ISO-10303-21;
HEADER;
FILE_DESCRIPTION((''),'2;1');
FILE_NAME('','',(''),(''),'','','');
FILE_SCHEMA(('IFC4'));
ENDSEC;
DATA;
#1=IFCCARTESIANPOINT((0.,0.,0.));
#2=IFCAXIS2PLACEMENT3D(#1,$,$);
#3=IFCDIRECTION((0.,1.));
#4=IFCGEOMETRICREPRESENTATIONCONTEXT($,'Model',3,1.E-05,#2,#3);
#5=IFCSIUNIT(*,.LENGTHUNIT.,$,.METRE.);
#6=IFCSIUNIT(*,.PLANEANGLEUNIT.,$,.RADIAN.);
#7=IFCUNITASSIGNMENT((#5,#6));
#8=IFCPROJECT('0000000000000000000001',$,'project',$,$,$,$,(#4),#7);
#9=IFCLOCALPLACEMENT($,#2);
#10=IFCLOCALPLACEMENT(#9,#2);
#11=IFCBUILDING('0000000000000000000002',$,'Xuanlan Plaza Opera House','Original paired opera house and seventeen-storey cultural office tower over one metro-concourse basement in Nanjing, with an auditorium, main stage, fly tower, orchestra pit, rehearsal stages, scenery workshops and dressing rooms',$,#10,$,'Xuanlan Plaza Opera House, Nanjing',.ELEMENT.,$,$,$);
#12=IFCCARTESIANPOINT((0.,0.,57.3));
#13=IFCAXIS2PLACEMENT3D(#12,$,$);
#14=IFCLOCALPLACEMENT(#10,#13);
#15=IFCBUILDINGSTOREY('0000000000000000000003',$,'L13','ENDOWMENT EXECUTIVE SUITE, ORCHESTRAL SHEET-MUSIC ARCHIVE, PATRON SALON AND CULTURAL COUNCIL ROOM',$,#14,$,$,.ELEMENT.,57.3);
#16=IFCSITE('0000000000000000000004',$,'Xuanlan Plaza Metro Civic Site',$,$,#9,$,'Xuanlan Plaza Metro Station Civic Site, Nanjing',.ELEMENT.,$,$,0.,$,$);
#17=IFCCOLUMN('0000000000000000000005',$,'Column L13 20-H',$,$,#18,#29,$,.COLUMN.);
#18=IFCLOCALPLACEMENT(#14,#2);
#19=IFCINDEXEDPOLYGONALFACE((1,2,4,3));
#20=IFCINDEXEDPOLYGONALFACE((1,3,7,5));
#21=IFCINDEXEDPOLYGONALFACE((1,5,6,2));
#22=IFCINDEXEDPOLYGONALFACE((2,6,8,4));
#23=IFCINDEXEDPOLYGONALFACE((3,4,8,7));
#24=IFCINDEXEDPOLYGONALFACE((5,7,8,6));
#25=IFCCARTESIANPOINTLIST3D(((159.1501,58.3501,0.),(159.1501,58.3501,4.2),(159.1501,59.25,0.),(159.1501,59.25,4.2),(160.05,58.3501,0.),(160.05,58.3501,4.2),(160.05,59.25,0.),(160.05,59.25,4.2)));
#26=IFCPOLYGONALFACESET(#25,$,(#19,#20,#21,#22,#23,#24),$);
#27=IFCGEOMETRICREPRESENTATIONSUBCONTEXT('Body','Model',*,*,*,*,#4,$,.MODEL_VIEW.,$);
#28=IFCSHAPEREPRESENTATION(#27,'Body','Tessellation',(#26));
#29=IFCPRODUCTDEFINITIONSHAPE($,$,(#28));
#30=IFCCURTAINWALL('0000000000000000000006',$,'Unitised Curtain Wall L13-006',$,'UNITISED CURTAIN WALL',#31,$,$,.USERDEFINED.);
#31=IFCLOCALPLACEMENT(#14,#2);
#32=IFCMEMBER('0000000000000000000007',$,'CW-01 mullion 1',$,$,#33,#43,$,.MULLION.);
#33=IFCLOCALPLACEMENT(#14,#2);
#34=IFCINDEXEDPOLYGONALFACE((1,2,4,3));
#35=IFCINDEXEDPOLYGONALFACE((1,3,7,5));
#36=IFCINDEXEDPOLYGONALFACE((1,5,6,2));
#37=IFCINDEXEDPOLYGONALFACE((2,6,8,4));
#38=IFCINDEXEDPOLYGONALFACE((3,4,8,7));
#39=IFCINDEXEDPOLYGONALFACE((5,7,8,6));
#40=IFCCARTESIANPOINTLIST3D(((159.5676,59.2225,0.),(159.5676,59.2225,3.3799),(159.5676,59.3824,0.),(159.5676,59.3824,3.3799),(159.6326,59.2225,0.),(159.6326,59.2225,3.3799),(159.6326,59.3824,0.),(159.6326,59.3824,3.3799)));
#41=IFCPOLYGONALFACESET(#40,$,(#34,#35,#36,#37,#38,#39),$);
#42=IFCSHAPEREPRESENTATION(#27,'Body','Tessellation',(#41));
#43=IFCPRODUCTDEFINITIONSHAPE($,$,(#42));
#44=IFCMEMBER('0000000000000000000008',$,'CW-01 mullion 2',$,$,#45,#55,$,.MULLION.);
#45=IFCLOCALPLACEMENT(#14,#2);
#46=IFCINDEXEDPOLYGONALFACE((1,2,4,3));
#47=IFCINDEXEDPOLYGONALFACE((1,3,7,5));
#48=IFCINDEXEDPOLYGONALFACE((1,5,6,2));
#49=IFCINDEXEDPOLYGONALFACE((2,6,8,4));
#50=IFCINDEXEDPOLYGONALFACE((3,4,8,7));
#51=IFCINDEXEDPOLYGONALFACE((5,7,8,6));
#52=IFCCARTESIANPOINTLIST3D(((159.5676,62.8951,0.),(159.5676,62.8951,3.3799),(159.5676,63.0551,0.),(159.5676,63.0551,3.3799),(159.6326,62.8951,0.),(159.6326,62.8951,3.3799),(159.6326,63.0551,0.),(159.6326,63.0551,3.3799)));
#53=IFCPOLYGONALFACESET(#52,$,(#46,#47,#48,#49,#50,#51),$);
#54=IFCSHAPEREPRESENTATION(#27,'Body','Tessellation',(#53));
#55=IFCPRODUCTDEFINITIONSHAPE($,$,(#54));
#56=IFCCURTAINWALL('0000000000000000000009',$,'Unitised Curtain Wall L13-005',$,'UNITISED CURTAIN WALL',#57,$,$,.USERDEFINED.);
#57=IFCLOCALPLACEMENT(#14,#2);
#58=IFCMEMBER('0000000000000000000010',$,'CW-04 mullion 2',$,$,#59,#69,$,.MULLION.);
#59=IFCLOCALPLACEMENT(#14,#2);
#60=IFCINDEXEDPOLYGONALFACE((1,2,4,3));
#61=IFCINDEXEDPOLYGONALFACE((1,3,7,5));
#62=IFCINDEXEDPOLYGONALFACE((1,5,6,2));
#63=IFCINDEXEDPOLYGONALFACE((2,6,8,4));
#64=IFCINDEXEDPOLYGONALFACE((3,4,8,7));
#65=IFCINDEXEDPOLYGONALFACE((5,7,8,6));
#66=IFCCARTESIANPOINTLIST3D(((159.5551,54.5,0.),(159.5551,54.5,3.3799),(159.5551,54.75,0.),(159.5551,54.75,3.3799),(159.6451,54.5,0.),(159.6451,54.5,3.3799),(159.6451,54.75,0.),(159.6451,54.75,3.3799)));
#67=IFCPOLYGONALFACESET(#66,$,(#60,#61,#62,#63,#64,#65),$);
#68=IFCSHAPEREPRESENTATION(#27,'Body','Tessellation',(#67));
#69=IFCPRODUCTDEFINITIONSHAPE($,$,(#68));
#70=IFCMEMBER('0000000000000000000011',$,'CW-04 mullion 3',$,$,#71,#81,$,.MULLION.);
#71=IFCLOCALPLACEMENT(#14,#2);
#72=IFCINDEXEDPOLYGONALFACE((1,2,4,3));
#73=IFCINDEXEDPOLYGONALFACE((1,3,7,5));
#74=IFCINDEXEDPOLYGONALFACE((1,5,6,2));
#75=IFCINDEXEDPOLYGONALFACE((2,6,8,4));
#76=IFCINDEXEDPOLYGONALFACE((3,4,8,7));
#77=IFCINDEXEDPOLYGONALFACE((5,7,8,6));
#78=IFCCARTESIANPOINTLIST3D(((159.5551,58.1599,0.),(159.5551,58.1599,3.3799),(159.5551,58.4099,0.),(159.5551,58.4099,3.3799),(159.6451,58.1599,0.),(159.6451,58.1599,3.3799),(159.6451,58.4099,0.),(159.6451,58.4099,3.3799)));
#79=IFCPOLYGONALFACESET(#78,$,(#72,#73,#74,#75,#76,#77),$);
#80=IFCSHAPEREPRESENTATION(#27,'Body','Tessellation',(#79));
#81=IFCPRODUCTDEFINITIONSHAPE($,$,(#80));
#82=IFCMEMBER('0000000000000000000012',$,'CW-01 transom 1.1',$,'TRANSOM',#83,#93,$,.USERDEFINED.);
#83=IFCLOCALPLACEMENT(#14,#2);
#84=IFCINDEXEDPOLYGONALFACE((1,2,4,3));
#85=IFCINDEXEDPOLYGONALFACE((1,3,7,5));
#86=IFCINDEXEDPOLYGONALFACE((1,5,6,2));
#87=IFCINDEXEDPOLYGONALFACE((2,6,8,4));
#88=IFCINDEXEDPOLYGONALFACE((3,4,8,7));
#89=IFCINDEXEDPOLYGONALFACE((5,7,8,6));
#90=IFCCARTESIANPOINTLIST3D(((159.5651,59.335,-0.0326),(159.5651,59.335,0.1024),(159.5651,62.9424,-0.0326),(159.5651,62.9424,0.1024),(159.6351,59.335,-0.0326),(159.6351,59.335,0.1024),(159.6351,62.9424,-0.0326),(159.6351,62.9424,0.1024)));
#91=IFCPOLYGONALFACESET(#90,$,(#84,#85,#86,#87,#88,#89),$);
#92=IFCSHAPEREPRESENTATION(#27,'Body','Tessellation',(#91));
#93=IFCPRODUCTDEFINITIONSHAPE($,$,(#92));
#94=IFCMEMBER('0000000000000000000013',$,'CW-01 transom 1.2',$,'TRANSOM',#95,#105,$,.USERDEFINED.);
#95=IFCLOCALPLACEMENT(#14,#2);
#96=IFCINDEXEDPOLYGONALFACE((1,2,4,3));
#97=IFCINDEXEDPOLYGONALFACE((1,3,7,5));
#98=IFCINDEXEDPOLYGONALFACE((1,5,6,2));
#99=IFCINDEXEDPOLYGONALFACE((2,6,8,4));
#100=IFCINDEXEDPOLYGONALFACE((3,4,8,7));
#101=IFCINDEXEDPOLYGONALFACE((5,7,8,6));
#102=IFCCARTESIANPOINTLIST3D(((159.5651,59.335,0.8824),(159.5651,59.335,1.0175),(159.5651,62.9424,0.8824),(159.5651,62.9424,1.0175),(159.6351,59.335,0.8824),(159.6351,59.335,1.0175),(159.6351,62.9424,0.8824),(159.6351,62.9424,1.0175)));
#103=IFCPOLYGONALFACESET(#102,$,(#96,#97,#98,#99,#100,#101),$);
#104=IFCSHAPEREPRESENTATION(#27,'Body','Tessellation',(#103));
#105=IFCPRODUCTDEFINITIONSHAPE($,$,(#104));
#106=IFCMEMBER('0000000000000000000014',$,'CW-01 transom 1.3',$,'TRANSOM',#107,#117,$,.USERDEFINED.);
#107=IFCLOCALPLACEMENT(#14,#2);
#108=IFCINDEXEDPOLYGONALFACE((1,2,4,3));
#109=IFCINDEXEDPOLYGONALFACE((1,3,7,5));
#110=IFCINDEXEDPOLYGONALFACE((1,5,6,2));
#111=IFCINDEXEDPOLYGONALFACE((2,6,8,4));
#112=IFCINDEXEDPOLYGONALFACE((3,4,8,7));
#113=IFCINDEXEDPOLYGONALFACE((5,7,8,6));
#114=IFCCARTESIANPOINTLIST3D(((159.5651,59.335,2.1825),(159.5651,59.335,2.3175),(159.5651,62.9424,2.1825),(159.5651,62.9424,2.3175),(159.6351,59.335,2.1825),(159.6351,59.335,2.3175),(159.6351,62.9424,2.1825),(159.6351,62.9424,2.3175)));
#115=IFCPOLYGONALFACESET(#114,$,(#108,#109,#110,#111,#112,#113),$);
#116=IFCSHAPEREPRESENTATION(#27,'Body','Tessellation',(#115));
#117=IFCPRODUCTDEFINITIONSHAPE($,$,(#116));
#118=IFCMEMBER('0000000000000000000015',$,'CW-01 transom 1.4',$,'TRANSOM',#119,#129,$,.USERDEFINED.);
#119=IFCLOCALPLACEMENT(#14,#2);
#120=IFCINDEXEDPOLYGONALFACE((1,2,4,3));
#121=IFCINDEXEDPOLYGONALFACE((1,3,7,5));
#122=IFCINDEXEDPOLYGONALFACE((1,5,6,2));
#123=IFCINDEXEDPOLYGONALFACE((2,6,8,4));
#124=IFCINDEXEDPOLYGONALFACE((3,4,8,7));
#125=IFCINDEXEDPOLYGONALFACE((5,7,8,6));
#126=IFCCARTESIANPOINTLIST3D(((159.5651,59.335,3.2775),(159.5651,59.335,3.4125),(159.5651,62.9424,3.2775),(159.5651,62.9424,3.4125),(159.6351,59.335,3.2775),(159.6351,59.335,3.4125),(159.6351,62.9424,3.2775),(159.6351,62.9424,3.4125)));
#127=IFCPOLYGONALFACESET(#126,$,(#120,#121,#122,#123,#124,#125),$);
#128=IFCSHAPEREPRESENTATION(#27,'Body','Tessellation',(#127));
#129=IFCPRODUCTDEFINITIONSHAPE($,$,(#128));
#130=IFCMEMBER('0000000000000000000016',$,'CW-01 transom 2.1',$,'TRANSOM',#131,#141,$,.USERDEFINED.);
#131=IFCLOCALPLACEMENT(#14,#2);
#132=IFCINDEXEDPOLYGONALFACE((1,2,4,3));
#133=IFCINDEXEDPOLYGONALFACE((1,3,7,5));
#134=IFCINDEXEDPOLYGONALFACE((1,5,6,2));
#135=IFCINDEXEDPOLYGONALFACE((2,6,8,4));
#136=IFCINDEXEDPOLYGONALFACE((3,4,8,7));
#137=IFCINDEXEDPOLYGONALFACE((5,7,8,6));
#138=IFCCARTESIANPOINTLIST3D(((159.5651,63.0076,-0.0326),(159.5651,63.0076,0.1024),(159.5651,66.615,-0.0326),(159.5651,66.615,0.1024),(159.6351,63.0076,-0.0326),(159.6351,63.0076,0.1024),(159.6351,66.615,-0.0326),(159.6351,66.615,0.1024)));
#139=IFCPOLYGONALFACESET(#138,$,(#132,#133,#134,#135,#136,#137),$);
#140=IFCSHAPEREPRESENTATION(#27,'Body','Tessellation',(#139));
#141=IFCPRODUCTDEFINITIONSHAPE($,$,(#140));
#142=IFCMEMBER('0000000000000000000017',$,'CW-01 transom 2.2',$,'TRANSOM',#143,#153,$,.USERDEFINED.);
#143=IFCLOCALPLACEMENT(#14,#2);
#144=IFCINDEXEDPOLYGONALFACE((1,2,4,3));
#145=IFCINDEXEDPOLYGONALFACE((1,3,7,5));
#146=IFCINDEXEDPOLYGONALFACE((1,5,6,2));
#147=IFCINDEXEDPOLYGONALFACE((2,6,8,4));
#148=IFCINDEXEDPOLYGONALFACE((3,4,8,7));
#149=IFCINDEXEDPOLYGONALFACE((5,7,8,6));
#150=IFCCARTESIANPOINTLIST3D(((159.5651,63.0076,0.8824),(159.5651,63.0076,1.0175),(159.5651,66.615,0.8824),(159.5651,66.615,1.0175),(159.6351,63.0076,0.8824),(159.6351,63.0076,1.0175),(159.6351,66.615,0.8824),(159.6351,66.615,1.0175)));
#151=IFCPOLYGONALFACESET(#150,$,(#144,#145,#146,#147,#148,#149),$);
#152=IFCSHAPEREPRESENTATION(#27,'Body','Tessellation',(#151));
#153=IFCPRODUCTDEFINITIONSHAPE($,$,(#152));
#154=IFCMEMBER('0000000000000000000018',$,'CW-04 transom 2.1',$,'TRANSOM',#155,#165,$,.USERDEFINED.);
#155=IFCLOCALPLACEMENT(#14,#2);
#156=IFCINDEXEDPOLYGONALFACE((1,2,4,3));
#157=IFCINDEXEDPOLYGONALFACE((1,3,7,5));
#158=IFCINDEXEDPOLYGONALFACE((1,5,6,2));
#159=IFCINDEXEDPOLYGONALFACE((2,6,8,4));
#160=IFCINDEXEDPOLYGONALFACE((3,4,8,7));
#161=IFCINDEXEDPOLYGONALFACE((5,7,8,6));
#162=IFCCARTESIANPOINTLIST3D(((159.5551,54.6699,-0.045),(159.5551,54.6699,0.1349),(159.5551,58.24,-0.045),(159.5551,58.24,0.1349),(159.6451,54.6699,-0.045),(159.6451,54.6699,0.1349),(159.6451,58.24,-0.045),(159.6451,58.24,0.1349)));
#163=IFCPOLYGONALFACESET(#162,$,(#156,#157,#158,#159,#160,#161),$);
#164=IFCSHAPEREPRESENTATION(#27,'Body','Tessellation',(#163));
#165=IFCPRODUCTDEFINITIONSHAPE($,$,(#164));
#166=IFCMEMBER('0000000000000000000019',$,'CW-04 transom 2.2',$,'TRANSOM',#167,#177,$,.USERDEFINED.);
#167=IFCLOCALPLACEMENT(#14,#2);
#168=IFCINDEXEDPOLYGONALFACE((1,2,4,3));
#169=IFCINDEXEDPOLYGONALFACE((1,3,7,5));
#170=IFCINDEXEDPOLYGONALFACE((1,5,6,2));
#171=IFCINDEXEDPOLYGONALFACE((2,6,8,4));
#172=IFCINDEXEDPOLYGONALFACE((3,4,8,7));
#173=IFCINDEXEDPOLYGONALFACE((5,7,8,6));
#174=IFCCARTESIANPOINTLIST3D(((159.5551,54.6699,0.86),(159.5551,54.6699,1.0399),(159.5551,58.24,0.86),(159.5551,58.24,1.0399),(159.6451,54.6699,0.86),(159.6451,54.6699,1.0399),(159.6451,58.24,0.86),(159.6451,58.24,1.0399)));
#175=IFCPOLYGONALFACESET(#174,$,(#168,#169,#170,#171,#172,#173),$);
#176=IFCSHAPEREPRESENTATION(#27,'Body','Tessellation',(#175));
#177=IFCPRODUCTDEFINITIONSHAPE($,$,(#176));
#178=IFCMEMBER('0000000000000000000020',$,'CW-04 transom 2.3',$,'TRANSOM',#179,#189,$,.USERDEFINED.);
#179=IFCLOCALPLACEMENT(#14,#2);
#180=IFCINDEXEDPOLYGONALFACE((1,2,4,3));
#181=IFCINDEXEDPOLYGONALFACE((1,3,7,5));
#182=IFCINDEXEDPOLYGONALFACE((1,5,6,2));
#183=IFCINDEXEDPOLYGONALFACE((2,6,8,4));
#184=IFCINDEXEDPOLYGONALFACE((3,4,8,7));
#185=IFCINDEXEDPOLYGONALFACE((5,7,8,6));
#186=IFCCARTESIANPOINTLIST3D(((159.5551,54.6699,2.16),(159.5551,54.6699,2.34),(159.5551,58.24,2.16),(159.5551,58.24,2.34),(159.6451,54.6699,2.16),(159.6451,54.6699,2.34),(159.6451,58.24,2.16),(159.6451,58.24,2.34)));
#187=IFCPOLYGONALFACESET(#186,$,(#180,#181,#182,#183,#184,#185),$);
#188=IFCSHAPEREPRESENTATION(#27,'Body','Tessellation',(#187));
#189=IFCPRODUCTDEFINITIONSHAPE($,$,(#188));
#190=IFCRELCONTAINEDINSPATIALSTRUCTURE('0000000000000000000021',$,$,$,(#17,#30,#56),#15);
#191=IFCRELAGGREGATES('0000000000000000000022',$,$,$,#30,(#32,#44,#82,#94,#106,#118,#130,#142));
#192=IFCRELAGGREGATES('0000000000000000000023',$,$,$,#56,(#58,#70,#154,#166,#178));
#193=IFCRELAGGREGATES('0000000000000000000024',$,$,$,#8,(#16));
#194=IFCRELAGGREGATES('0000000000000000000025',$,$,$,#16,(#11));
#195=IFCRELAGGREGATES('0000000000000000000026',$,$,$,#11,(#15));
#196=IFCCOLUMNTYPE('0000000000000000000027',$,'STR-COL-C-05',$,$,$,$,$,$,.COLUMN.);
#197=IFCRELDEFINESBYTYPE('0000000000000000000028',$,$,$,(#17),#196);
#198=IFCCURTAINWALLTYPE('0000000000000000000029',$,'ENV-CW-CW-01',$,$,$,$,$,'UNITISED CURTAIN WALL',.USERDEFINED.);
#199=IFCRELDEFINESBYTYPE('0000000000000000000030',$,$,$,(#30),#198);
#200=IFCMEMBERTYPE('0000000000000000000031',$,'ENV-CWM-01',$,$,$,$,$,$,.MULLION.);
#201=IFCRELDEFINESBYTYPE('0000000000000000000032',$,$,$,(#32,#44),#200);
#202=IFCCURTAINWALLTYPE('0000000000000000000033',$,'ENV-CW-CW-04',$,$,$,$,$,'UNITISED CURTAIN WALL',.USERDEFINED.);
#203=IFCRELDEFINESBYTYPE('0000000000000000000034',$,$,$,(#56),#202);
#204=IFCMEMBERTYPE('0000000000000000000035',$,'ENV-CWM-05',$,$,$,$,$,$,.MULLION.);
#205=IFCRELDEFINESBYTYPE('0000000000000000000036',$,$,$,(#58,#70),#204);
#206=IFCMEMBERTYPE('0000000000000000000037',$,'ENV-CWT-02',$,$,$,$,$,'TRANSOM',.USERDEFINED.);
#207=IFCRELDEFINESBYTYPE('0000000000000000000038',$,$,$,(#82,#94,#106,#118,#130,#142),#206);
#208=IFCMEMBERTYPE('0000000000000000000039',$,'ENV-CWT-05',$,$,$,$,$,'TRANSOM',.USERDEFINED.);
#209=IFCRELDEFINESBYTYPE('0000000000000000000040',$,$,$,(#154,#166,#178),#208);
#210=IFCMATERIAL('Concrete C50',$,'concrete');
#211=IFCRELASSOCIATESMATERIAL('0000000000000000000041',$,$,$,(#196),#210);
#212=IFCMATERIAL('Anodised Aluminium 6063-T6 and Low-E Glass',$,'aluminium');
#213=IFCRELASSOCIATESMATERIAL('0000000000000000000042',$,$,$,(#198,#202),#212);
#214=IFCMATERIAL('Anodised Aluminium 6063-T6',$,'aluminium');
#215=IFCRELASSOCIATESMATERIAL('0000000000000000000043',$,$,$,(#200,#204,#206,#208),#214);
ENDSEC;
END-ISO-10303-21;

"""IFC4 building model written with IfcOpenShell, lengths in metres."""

from ifc_helpers import new_model, si_unit, direction, frame, origin, origin_2d, place, context, subcontext, project, spatial, rectangle, extrude, material, material_profile, profile_set, type_object, element, aggregate, save


model = new_model("IFC4")

# Units and contexts
model_context = context("Model", 3, precision=1e-05, world=origin(), true_north=direction((0.0, 1.0)))
body_context = subcontext(model_context, "Body", "Model", "MODEL_VIEW")
ifc_project = project(units=[si_unit("LENGTHUNIT", "METRE"), si_unit("PLANEANGLEUNIT", "RADIAN")], contexts=[model_context])

# Site, building, storey
site_placement = place(None, origin())
site = spatial("IfcSite", under=ifc_project, at=site_placement, Name="Xuanlan Plaza Metro Civic Site", LongName="Xuanlan Plaza Metro Station Civic Site, Nanjing", CompositionType="ELEMENT", RefElevation=0.0)
building_placement = place(site_placement, origin())
building = spatial("IfcBuilding", under=site, at=building_placement, Name="Xuanlan Plaza Opera House", Description="Original paired opera house and seventeen-storey cultural office tower over one metro-concourse basement in Nanjing, with an auditorium, main stage, fly tower, orchestra pit, rehearsal stages, scenery workshops and dressing rooms", LongName="Xuanlan Plaza Opera House, Nanjing", CompositionType="ELEMENT")
storey_placement = place(building_placement, frame((0.0, 0.0, 57.3)))
storey = spatial("IfcBuildingStorey", under=building, at=storey_placement, Name="L13", Description="ENDOWMENT EXECUTIVE SUITE, ORCHESTRAL SHEET-MUSIC ARCHIVE, PATRON SALON AND CULTURAL COUNCIL ROOM", CompositionType="ELEMENT", Elevation=57.3)

# Column
ifc_material_1 = material(Name="Concrete C50", Category="concrete")
ifc_material_profile_1 = material_profile(ifc_material_1, rectangle(XDim=0.8999, YDim=0.8999, at=origin_2d()), Name="RC-COL 900x900")
ifc_profile_set_1 = profile_set([ifc_material_profile_1], Name="Concrete C50")
column_type = type_object("IfcColumnType", Name="STR-COL-C-05", PredefinedType="COLUMN", material=ifc_profile_set_1)
column_placement = place(storey_placement, frame((159.6001, 58.8, 0.0), z_axis=(0.0, 0.0, 1.0), x_axis=(1.0, 0.0, 0.0)))
element("IfcColumn", 1, at=column_placement, inside=storey, type_object=column_type, Name="Column L13 20-H", PredefinedType="COLUMN", context=body_context, shape_type="SweptSolid", body=[
    extrude(rectangle(XDim=0.8999, YDim=0.8999, at=origin_2d()), origin(), (0.0, 0.0, 1.0), 4.2),
])

# Curtain walls, members
ifc_material_2 = material(Name="Anodised Aluminium 6063-T6 and Low-E Glass", Category="aluminium")
curtain_wall_type_1 = type_object("IfcCurtainWallType", Name="ENV-CW-CW-01", ElementType="UNITISED CURTAIN WALL", PredefinedType="USERDEFINED", material=ifc_material_2)
curtain_wall_1_placement = place(storey_placement, origin())
curtain_wall_1 = element("IfcCurtainWall", 2, at=curtain_wall_1_placement, inside=storey, type_object=curtain_wall_type_1, Name="Unitised Curtain Wall L13-006", ObjectType="UNITISED CURTAIN WALL", PredefinedType="USERDEFINED")
ifc_material_3 = material(Name="Anodised Aluminium 6063-T6", Category="aluminium")
ifc_material_profile_2 = material_profile(ifc_material_3, rectangle(XDim=0.0649, YDim=0.1599, at=origin_2d()), Name="ALU-M 65x160")
ifc_profile_set_2 = profile_set([ifc_material_profile_2], Name="Anodised Aluminium 6063-T6")
member_type_1 = type_object("IfcMemberType", Name="ENV-CWM-01", PredefinedType="MULLION", material=ifc_profile_set_2)
member_1_placement = place(storey_placement, frame((159.6001, 59.3025, 0.0), z_axis=(0.0, 0.0, 1.0), x_axis=(-1.0, 0.0, 0.0)))
member_1 = element("IfcMember", 3, at=member_1_placement, type_object=member_type_1, Name="CW-01 mullion 1", PredefinedType="MULLION", context=body_context, shape_type="SweptSolid", body=[
    extrude(rectangle(XDim=0.0649, YDim=0.1599, at=origin_2d()), origin(), (0.0, 0.0, 1.0), 3.3799),
])
member_2_placement = place(storey_placement, frame((159.6001, 62.9751, 0.0), z_axis=(0.0, 0.0, 1.0), x_axis=(-1.0, 0.0, 0.0)))
member_2 = element("IfcMember", 4, at=member_2_placement, type_object=member_type_1, Name="CW-01 mullion 2", PredefinedType="MULLION", context=body_context, shape_type="SweptSolid", body=[
    extrude(rectangle(XDim=0.0649, YDim=0.1599, at=origin_2d()), origin(), (0.0, 0.0, 1.0), 3.3799),
])
curtain_wall_type_2 = type_object("IfcCurtainWallType", Name="ENV-CW-CW-04", ElementType="UNITISED CURTAIN WALL", PredefinedType="USERDEFINED", material=ifc_material_2)
curtain_wall_2_placement = place(storey_placement, origin())
curtain_wall_2 = element("IfcCurtainWall", 5, at=curtain_wall_2_placement, inside=storey, type_object=curtain_wall_type_2, Name="Unitised Curtain Wall L13-005", ObjectType="UNITISED CURTAIN WALL", PredefinedType="USERDEFINED")
ifc_material_profile_3 = material_profile(ifc_material_3, rectangle(XDim=0.0901, YDim=0.25, at=origin_2d()), Name="ALU-M 90x250")
ifc_profile_set_3 = profile_set([ifc_material_profile_3], Name="Anodised Aluminium 6063-T6")
member_type_2 = type_object("IfcMemberType", Name="ENV-CWM-05", PredefinedType="MULLION", material=ifc_profile_set_3)
member_3_placement = place(storey_placement, frame((159.6001, 54.625, 0.0), z_axis=(0.0, 0.0, 1.0), x_axis=(-1.0, 0.0, 0.0)))
member_3 = element("IfcMember", 6, at=member_3_placement, type_object=member_type_2, Name="CW-04 mullion 2", PredefinedType="MULLION", context=body_context, shape_type="SweptSolid", body=[
    extrude(rectangle(XDim=0.0901, YDim=0.25, at=origin_2d()), origin(), (0.0, 0.0, 1.0), 3.3799),
])
member_4_placement = place(storey_placement, frame((159.6001, 58.2849, 0.0), z_axis=(0.0, 0.0, 1.0), x_axis=(-1.0, 0.0, 0.0)))
member_4 = element("IfcMember", 7, at=member_4_placement, type_object=member_type_2, Name="CW-04 mullion 3", PredefinedType="MULLION", context=body_context, shape_type="SweptSolid", body=[
    extrude(rectangle(XDim=0.0901, YDim=0.25, at=origin_2d()), origin(), (0.0, 0.0, 1.0), 3.3799),
])

# Members
ifc_material_profile_4 = material_profile(ifc_material_3, rectangle(XDim=0.0701, YDim=0.135, at=origin_2d()), Name="ALU-T 70x135")
ifc_profile_set_4 = profile_set([ifc_material_profile_4], Name="Anodised Aluminium 6063-T6")
member_type_3 = type_object("IfcMemberType", Name="ENV-CWT-02", ElementType="TRANSOM", PredefinedType="USERDEFINED", material=ifc_profile_set_4)
member_5_placement = place(storey_placement, frame((159.6001, 59.335, 0.0349), z_axis=(0.0, 1.0, 0.0), x_axis=(-1.0, 0.0, 0.0)))
member_5 = element("IfcMember", 8, at=member_5_placement, type_object=member_type_3, Name="CW-01 transom 1.1", ObjectType="TRANSOM", PredefinedType="USERDEFINED", context=body_context, shape_type="SweptSolid", body=[
    extrude(rectangle(XDim=0.0701, YDim=0.135, at=origin_2d()), origin(), (0.0, 0.0, 1.0), 3.6074),
])
member_6_placement = place(storey_placement, frame((159.6001, 59.335, 0.95), z_axis=(0.0, 1.0, 0.0), x_axis=(-1.0, 0.0, 0.0)))
member_6 = element("IfcMember", 9, at=member_6_placement, type_object=member_type_3, Name="CW-01 transom 1.2", ObjectType="TRANSOM", PredefinedType="USERDEFINED", context=body_context, shape_type="SweptSolid", body=[
    extrude(rectangle(XDim=0.0701, YDim=0.135, at=origin_2d()), origin(), (0.0, 0.0, 1.0), 3.6074),
])
member_7_placement = place(storey_placement, frame((159.6001, 59.335, 2.25), z_axis=(0.0, 1.0, 0.0), x_axis=(-1.0, 0.0, 0.0)))
member_7 = element("IfcMember", 10, at=member_7_placement, type_object=member_type_3, Name="CW-01 transom 1.3", ObjectType="TRANSOM", PredefinedType="USERDEFINED", context=body_context, shape_type="SweptSolid", body=[
    extrude(rectangle(XDim=0.0701, YDim=0.135, at=origin_2d()), origin(), (0.0, 0.0, 1.0), 3.6074),
])
member_8_placement = place(storey_placement, frame((159.6001, 59.335, 3.345), z_axis=(0.0, 1.0, 0.0), x_axis=(-1.0, 0.0, 0.0)))
member_8 = element("IfcMember", 11, at=member_8_placement, type_object=member_type_3, Name="CW-01 transom 1.4", ObjectType="TRANSOM", PredefinedType="USERDEFINED", context=body_context, shape_type="SweptSolid", body=[
    extrude(rectangle(XDim=0.0701, YDim=0.135, at=origin_2d()), origin(), (0.0, 0.0, 1.0), 3.6074),
])
member_9_placement = place(storey_placement, frame((159.6001, 63.0076, 0.0349), z_axis=(0.0, 1.0, 0.0), x_axis=(-1.0, 0.0, 0.0)))
member_9 = element("IfcMember", 12, at=member_9_placement, type_object=member_type_3, Name="CW-01 transom 2.1", ObjectType="TRANSOM", PredefinedType="USERDEFINED", context=body_context, shape_type="SweptSolid", body=[
    extrude(rectangle(XDim=0.0701, YDim=0.135, at=origin_2d()), origin(), (0.0, 0.0, 1.0), 3.6074),
])
member_10_placement = place(storey_placement, frame((159.6001, 63.0076, 0.95), z_axis=(0.0, 1.0, 0.0), x_axis=(-1.0, 0.0, 0.0)))
member_10 = element("IfcMember", 13, at=member_10_placement, type_object=member_type_3, Name="CW-01 transom 2.2", ObjectType="TRANSOM", PredefinedType="USERDEFINED", context=body_context, shape_type="SweptSolid", body=[
    extrude(rectangle(XDim=0.0701, YDim=0.135, at=origin_2d()), origin(), (0.0, 0.0, 1.0), 3.6074),
])
ifc_material_profile_5 = material_profile(ifc_material_3, rectangle(XDim=0.0901, YDim=0.1799, at=origin_2d()), Name="ALU-T 90x180")
ifc_profile_set_5 = profile_set([ifc_material_profile_5], Name="Anodised Aluminium 6063-T6")
member_type_4 = type_object("IfcMemberType", Name="ENV-CWT-05", ElementType="TRANSOM", PredefinedType="USERDEFINED", material=ifc_profile_set_5)
member_11_placement = place(storey_placement, frame((159.6001, 54.6699, 0.0449), z_axis=(0.0, 1.0, 0.0), x_axis=(-1.0, 0.0, 0.0)))
member_11 = element("IfcMember", 14, at=member_11_placement, type_object=member_type_4, Name="CW-04 transom 2.1", ObjectType="TRANSOM", PredefinedType="USERDEFINED", context=body_context, shape_type="SweptSolid", body=[
    extrude(rectangle(XDim=0.0901, YDim=0.1799, at=origin_2d()), origin(), (0.0, 0.0, 1.0), 3.5701),
])
member_12_placement = place(storey_placement, frame((159.6001, 54.6699, 0.95), z_axis=(0.0, 1.0, 0.0), x_axis=(-1.0, 0.0, 0.0)))
member_12 = element("IfcMember", 15, at=member_12_placement, type_object=member_type_4, Name="CW-04 transom 2.2", ObjectType="TRANSOM", PredefinedType="USERDEFINED", context=body_context, shape_type="SweptSolid", body=[
    extrude(rectangle(XDim=0.0901, YDim=0.1799, at=origin_2d()), origin(), (0.0, 0.0, 1.0), 3.5701),
])
member_13_placement = place(storey_placement, frame((159.6001, 54.6699, 2.25), z_axis=(0.0, 1.0, 0.0), x_axis=(-1.0, 0.0, 0.0)))
member_13 = element("IfcMember", 16, at=member_13_placement, type_object=member_type_4, Name="CW-04 transom 2.3", ObjectType="TRANSOM", PredefinedType="USERDEFINED", context=body_context, shape_type="SweptSolid", body=[
    extrude(rectangle(XDim=0.0901, YDim=0.1799, at=origin_2d()), origin(), (0.0, 0.0, 1.0), 3.5701),
])

aggregate(curtain_wall_1, [member_1, member_2, member_5, member_6, member_7, member_8, member_9, member_10])
aggregate(curtain_wall_2, [member_3, member_4, member_11, member_12, member_13])

save(model, "model.ifc")
